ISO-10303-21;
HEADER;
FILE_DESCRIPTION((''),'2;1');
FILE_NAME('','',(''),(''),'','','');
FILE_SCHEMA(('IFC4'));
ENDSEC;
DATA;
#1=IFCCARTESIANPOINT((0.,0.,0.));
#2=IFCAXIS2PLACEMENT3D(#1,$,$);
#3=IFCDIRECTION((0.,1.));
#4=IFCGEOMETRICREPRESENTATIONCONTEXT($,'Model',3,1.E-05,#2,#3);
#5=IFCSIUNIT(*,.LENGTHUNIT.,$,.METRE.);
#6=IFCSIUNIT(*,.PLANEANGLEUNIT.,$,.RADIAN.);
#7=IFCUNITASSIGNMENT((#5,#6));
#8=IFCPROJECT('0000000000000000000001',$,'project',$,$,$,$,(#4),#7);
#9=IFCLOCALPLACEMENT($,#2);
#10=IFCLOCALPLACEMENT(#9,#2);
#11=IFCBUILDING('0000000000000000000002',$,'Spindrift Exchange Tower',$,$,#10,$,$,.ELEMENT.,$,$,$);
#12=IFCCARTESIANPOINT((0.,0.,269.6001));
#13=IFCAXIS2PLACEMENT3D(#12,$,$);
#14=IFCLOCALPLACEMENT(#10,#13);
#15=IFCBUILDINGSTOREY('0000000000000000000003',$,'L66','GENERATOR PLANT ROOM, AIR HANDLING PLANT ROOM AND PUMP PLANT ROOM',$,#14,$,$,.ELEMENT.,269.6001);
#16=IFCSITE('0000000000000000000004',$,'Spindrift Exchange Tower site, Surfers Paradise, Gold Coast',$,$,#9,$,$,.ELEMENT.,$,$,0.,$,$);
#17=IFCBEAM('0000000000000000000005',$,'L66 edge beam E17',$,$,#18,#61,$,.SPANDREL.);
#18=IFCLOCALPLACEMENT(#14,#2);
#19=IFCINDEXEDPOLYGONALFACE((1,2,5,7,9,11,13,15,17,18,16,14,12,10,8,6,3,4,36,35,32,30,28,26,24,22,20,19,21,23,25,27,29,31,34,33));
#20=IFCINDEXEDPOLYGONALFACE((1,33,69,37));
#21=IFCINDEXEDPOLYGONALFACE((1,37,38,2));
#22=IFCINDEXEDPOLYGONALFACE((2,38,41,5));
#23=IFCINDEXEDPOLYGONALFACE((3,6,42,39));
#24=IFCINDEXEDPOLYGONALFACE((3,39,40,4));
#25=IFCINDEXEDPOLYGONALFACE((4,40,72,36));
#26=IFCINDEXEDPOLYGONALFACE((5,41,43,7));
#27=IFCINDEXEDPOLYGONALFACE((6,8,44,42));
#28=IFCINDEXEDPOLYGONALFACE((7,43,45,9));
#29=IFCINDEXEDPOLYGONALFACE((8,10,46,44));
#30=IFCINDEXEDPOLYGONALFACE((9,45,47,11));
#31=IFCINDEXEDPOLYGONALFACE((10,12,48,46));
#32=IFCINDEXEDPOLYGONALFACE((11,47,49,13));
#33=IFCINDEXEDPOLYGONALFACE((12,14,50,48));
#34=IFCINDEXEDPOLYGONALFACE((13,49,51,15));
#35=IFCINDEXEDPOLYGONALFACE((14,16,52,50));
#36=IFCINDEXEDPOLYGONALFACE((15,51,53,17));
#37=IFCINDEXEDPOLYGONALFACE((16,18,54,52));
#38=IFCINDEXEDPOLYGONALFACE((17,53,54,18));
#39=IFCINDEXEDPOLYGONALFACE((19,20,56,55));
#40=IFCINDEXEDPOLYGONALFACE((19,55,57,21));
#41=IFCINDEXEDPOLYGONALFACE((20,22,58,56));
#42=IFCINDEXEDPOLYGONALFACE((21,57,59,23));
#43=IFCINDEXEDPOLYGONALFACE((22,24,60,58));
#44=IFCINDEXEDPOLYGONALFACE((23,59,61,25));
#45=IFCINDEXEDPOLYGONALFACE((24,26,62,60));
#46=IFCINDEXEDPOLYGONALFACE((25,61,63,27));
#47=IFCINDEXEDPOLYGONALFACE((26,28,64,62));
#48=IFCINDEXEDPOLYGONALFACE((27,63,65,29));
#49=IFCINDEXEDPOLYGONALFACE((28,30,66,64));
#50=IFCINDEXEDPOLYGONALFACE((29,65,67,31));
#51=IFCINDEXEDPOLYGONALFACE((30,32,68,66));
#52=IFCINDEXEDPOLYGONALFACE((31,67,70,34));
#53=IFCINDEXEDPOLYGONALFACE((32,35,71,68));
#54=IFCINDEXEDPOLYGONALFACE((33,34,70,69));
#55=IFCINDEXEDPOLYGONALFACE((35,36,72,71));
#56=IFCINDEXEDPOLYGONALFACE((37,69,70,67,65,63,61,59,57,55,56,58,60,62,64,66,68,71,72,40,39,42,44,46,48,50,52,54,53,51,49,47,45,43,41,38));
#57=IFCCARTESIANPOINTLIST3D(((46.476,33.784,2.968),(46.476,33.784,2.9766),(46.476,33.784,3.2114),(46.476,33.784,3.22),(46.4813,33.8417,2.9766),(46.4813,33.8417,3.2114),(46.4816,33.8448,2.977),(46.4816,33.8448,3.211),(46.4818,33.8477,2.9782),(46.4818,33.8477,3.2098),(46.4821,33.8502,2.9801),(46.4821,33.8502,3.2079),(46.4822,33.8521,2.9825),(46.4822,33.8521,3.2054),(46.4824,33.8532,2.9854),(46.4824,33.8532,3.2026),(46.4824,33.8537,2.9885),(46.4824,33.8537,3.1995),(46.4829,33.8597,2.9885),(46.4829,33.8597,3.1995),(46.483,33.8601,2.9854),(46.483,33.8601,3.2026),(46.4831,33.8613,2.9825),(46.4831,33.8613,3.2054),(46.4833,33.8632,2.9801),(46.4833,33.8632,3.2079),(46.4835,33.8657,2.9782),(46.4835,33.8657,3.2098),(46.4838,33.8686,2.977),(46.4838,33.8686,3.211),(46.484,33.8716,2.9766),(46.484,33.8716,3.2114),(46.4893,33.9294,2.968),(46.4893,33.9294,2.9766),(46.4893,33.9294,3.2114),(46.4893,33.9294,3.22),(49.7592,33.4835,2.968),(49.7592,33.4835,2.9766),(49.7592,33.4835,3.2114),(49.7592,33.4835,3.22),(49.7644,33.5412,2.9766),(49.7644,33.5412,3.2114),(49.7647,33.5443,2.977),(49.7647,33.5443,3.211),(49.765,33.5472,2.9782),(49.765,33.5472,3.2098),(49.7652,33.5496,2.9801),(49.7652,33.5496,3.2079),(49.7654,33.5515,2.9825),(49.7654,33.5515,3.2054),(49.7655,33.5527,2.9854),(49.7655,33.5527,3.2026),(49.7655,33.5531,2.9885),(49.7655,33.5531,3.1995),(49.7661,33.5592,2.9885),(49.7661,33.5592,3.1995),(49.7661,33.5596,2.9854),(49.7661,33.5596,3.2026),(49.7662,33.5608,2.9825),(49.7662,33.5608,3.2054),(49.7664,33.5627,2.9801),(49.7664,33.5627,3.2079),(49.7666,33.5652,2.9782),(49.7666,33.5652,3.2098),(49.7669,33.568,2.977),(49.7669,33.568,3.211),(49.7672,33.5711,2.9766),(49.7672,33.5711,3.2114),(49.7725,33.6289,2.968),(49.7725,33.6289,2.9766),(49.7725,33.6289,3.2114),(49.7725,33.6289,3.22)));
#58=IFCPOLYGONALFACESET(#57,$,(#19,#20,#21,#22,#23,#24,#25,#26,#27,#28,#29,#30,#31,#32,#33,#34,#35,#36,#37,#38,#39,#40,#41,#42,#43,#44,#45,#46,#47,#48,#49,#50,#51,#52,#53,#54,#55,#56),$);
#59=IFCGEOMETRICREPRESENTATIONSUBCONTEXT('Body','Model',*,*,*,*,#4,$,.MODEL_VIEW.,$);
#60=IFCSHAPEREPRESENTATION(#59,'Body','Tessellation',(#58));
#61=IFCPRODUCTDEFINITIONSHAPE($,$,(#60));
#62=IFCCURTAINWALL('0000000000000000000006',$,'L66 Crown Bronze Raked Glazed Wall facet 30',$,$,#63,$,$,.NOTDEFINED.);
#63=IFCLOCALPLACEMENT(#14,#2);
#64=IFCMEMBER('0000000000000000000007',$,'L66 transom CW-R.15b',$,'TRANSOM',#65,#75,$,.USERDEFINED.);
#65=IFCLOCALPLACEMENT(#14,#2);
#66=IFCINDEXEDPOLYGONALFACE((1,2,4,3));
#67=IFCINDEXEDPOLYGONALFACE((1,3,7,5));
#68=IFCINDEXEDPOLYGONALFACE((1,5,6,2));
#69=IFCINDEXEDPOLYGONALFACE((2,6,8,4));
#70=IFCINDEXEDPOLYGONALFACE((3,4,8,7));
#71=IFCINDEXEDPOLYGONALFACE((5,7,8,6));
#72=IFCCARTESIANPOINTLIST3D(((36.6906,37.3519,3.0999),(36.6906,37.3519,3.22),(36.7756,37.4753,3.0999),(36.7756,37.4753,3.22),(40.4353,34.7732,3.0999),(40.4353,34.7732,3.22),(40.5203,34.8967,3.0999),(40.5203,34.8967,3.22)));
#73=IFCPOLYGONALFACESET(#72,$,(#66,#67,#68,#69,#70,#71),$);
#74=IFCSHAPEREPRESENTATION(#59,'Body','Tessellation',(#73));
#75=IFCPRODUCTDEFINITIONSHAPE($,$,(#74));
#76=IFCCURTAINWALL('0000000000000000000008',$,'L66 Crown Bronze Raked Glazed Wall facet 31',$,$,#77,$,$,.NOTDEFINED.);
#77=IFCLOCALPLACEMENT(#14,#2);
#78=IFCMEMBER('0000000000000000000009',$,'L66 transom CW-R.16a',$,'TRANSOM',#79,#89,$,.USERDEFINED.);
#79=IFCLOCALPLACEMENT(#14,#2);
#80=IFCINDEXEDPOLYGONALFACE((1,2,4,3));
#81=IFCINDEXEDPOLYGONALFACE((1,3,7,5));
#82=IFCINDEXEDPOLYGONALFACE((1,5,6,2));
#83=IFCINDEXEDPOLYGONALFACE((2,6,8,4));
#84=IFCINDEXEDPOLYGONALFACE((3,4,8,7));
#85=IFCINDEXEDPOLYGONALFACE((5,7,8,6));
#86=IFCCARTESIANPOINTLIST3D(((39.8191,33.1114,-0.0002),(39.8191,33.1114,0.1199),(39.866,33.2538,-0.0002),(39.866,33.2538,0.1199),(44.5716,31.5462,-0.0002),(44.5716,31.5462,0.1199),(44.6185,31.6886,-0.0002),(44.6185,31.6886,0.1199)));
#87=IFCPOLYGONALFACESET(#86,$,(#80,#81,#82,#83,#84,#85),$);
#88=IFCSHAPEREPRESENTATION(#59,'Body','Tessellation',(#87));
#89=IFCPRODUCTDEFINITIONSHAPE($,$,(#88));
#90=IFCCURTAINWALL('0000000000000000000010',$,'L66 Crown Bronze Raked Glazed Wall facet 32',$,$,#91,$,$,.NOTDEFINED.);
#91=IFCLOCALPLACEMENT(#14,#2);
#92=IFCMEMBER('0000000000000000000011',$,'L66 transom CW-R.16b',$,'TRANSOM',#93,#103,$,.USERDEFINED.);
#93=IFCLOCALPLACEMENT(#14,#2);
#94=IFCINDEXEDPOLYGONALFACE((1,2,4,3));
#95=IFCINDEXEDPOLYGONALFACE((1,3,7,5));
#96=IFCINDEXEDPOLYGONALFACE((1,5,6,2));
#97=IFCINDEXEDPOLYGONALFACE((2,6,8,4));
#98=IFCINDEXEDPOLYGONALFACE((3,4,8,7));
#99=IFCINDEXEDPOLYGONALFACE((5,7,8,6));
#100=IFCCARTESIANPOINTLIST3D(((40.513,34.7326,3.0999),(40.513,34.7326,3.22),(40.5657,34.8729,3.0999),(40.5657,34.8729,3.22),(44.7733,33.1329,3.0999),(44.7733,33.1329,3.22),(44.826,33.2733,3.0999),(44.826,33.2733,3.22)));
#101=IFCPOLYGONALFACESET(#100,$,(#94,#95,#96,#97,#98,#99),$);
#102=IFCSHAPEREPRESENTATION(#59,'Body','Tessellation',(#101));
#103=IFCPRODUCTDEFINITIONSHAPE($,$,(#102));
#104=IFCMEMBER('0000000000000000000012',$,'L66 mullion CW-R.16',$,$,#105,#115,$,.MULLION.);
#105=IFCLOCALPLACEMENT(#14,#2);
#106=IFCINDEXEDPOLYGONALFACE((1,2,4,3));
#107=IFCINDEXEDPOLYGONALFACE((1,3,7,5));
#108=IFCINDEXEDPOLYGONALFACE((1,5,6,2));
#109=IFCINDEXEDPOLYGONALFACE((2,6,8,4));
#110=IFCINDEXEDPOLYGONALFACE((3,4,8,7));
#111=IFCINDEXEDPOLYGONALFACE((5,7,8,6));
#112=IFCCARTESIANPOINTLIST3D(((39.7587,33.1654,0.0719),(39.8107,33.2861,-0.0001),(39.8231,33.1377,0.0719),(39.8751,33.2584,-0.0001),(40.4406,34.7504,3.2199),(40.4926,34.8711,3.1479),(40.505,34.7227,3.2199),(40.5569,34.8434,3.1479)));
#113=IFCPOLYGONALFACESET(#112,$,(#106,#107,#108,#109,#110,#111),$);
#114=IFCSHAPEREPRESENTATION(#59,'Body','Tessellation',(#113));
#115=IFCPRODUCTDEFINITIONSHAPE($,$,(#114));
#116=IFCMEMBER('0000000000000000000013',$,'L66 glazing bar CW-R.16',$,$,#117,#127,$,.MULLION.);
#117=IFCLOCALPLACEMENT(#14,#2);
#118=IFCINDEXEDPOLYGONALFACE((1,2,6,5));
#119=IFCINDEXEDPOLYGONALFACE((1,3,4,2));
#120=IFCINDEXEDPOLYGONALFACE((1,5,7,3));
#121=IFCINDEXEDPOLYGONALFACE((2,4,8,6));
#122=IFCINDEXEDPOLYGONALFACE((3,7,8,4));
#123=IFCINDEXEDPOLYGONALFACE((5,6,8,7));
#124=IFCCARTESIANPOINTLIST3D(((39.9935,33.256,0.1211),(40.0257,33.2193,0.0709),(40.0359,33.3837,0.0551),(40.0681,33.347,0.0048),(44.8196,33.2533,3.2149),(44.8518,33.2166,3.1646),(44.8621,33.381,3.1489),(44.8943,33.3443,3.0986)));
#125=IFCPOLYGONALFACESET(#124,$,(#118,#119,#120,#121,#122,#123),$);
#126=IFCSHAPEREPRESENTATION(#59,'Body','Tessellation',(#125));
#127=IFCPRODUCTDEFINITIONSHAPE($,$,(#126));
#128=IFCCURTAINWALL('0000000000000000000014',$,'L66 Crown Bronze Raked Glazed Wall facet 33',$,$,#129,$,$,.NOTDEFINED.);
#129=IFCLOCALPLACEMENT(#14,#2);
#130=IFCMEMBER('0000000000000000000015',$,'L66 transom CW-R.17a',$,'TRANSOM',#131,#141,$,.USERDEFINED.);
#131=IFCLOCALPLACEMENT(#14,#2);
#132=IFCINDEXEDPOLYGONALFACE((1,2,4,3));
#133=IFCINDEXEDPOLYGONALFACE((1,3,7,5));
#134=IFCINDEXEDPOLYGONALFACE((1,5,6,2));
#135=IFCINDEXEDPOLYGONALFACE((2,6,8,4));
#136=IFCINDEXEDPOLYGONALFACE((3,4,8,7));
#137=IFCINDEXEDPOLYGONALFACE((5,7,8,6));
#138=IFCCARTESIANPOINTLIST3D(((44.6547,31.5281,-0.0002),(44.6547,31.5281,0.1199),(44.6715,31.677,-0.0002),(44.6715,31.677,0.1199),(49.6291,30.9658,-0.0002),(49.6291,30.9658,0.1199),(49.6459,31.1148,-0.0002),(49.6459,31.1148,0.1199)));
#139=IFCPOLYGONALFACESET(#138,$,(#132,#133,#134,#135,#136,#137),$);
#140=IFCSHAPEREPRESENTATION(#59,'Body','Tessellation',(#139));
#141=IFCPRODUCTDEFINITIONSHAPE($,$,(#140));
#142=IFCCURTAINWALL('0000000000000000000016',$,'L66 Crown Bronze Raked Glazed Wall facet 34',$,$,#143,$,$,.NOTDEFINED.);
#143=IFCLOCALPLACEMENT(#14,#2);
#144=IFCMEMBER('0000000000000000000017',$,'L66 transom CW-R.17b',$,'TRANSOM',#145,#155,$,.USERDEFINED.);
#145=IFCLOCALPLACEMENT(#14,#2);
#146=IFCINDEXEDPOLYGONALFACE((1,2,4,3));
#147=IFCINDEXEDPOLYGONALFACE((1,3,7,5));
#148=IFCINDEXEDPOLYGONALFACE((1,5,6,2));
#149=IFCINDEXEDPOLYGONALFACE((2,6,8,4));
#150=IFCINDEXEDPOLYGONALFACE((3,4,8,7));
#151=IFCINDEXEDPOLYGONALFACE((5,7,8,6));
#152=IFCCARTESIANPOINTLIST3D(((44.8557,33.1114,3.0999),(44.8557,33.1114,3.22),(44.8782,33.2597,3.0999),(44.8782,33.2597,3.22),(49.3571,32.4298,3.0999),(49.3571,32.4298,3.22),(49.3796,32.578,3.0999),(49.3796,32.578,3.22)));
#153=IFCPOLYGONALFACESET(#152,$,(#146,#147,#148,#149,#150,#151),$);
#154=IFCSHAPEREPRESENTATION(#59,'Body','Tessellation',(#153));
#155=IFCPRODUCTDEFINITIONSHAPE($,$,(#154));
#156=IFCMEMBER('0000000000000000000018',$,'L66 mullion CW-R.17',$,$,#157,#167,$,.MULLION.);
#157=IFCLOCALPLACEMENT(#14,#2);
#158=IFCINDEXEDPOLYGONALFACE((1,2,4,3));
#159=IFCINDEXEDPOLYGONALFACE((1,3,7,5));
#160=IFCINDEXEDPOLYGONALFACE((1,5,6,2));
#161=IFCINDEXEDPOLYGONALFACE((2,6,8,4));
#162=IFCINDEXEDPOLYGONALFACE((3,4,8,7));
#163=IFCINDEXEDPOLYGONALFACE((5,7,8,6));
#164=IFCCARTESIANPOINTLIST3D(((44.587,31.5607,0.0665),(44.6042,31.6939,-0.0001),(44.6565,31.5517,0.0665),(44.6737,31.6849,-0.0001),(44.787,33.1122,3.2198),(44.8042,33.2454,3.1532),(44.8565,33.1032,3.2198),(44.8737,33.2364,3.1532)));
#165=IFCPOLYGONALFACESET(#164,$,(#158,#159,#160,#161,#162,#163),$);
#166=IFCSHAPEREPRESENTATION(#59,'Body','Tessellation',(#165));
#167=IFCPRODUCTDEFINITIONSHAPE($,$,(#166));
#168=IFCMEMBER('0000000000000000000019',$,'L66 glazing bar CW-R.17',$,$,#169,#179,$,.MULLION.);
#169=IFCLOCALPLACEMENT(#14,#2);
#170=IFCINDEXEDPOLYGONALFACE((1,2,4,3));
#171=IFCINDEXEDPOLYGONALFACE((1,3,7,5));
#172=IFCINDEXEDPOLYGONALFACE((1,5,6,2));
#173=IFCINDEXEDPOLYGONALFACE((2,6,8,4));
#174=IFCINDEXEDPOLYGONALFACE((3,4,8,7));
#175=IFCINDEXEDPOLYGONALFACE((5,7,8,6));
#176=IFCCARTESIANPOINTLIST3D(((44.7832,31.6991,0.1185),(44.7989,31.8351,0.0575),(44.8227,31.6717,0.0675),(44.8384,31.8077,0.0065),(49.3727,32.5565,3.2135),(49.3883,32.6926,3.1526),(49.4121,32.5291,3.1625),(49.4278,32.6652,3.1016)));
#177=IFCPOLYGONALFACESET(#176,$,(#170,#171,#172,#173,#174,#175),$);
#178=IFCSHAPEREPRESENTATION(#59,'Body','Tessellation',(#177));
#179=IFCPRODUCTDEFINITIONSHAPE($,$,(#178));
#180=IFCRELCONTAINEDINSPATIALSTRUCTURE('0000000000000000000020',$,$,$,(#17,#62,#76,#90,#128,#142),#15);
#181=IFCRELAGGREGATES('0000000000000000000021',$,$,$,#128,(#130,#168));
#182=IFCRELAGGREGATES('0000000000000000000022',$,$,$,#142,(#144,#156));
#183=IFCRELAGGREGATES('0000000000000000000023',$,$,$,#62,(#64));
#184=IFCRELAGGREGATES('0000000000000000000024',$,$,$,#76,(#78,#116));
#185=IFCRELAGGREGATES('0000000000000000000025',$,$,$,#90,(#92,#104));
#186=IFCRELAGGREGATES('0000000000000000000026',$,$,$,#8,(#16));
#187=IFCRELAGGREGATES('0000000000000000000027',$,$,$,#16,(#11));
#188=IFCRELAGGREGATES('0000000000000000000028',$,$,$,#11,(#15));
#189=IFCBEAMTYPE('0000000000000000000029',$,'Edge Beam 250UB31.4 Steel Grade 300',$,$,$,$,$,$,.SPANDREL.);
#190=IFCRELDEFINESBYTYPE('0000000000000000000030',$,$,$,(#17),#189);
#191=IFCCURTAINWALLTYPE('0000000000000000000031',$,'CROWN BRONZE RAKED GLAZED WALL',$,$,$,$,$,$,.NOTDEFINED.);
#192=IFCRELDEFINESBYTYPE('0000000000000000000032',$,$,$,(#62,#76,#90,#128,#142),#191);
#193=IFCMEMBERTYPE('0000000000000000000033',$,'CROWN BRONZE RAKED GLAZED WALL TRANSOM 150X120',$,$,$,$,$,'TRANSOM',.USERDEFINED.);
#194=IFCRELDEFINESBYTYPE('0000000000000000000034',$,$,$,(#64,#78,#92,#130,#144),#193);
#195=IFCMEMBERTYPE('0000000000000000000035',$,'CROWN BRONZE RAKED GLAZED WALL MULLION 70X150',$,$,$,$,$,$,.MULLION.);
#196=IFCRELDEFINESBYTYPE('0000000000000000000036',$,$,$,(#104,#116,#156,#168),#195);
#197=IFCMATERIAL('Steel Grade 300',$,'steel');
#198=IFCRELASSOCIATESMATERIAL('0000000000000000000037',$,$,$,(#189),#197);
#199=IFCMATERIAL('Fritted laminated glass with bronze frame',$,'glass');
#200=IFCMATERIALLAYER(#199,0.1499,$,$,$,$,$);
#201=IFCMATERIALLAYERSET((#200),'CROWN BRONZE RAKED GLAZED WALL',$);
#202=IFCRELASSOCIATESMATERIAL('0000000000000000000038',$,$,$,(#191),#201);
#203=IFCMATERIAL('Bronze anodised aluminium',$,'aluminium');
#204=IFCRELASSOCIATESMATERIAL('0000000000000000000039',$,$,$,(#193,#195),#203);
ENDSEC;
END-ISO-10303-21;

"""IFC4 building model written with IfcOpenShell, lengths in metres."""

from ifc_helpers import new_model, si_unit, direction, frame, origin, origin_2d, place, context, subcontext, project, spatial, rectangle, i_section, extrude, source, transform, mapped, material, layer, layer_set, material_profile, profile_set, type_object, element, aggregate, save


model = new_model("IFC4")

# Units and contexts
model_context = context("Model", 3, precision=1e-05, world=origin(), true_north=direction((0.0, 1.0)))
body_context = subcontext(model_context, "Body", "Model", "MODEL_VIEW")
ifc_project = project(units=[si_unit("LENGTHUNIT", "METRE"), si_unit("PLANEANGLEUNIT", "RADIAN")], contexts=[model_context])

# Site, building, storey
site_placement = place(None, origin())
site = spatial("IfcSite", under=ifc_project, at=site_placement, Name="Spindrift Exchange Tower site, Surfers Paradise, Gold Coast", CompositionType="ELEMENT", RefElevation=0.0)
building_placement = place(site_placement, origin())
building = spatial("IfcBuilding", under=site, at=building_placement, Name="Spindrift Exchange Tower", CompositionType="ELEMENT")
storey_placement = place(building_placement, frame((0.0, 0.0, 269.6001)))
storey = spatial("IfcBuildingStorey", under=building, at=storey_placement, Name="L66", Description="GENERATOR PLANT ROOM, AIR HANDLING PLANT ROOM AND PUMP PLANT ROOM", CompositionType="ELEMENT", Elevation=269.6001)

# Beam
ifc_material_1 = material(Name="Steel Grade 300", Category="steel")
ifc_material_profile_1 = material_profile(ifc_material_1, i_section(OverallWidth=0.146, OverallDepth=0.252, WebThickness=0.0061, FlangeThickness=0.0085, FilletRadius=0.012, at=origin_2d()), Name="250UB31.4")
ifc_profile_set_1 = profile_set([ifc_material_profile_1], Name="Steel Grade 300")
beam_type = type_object("IfcBeamType", Name="Edge Beam 250UB31.4 Steel Grade 300", PredefinedType="SPANDREL", material=ifc_profile_set_1)
shared_shape_1 = source(origin(), body_context, "Body", "SweptSolid", [
    extrude(i_section(OverallWidth=0.146, OverallDepth=0.252, WebThickness=0.0061, FlangeThickness=0.0085, FilletRadius=0.012, at=origin_2d()), origin(), (0.0, 0.0, 1.0), 3.2969),
])
beam_1_placement = place(storey_placement, frame((46.4827, 33.8567, 3.094), z_axis=(0.995837, -0.091157, 0.0), x_axis=(0.091157, 0.995837, 0.0)))
element("IfcBeam", 1, at=beam_1_placement, inside=storey, type_object=beam_type, Name="L66 edge beam E17", PredefinedType="SPANDREL", context=body_context, shape_type="MappedRepresentation", body=[
    mapped(shared_shape_1, transform((0.0, 0.0, 0.0), scale=1.0)),
])

# Curtain walls, members
ifc_material_2 = material(Name="Fritted laminated glass with bronze frame", Category="glass")
ifc_layer_1 = layer(ifc_material_2, 0.1499)
ifc_layer_set_1 = layer_set([ifc_layer_1], Name="CROWN BRONZE RAKED GLAZED WALL")
curtain_wall_type = type_object("IfcCurtainWallType", Name="CROWN BRONZE RAKED GLAZED WALL", PredefinedType="NOTDEFINED", material=ifc_layer_set_1)
curtain_wall_1_placement = place(storey_placement, origin())
curtain_wall_1 = element("IfcCurtainWall", 2, at=curtain_wall_1_placement, inside=storey, type_object=curtain_wall_type, Name="L66 Crown Bronze Raked Glazed Wall facet 30", PredefinedType="NOTDEFINED")
ifc_material_3 = material(Name="Bronze anodised aluminium", Category="aluminium")
ifc_material_profile_2 = material_profile(ifc_material_3, rectangle(XDim=0.1499, YDim=0.1201, at=origin_2d()), Name="CROWN BRONZE RAKED GLAZED WALL TRANSOM 150X120")
ifc_profile_set_2 = profile_set([ifc_material_profile_2], Name="Bronze anodised aluminium")
member_type_1 = type_object("IfcMemberType", Name="CROWN BRONZE RAKED GLAZED WALL TRANSOM 150X120", ElementType="TRANSOM", PredefinedType="USERDEFINED", material=ifc_profile_set_2)
shared_shape_2 = source(origin(), body_context, "Body", "SweptSolid", [
    extrude(rectangle(XDim=0.1499, YDim=0.1201, at=origin_2d()), origin(), (0.0, 0.0, 1.0), 4.5466),
])
member_1_placement = place(storey_placement, frame((40.4778, 34.835, 3.1599), z_axis=(-0.823612, 0.567153, 0.0), x_axis=(-0.567153, -0.823612, 0.0)))
member_1 = element("IfcMember", 3, at=member_1_placement, type_object=member_type_1, Name="L66 transom CW-R.15b", ObjectType="TRANSOM", PredefinedType="USERDEFINED", context=body_context, shape_type="MappedRepresentation", body=[
    mapped(shared_shape_2, transform((0.0, 0.0, 0.0), scale=1.0)),
])
curtain_wall_2_placement = place(storey_placement, origin())
curtain_wall_2 = element("IfcCurtainWall", 4, at=curtain_wall_2_placement, inside=storey, type_object=curtain_wall_type, Name="L66 Crown Bronze Raked Glazed Wall facet 31", PredefinedType="NOTDEFINED")
shared_shape_3 = source(origin(), body_context, "Body", "SweptSolid", [
    extrude(rectangle(XDim=0.1499, YDim=0.1201, at=origin_2d()), origin(), (0.0, 0.0, 1.0), 5.0037),
])
member_2_placement = place(storey_placement, frame((39.8425, 33.1826, 0.0598), z_axis=(0.949814, -0.312815, 0.0), x_axis=(0.312815, 0.949814, 0.0)))
member_2 = element("IfcMember", 5, at=member_2_placement, type_object=member_type_1, Name="L66 transom CW-R.16a", ObjectType="TRANSOM", PredefinedType="USERDEFINED", context=body_context, shape_type="MappedRepresentation", body=[
    mapped(shared_shape_3, transform((0.0, 0.0, 0.0), scale=1.0)),
])

# Curtain wall, members
curtain_wall_3_placement = place(storey_placement, origin())
curtain_wall_3 = element("IfcCurtainWall", 6, at=curtain_wall_3_placement, inside=storey, type_object=curtain_wall_type, Name="L66 Crown Bronze Raked Glazed Wall facet 32", PredefinedType="NOTDEFINED")
shared_shape_4 = source(origin(), body_context, "Body", "SweptSolid", [
    extrude(rectangle(XDim=0.1499, YDim=0.1201, at=origin_2d()), origin(), (0.0, 0.0, 1.0), 4.5508),
])
member_3_placement = place(storey_placement, frame((40.5393, 34.8027, 3.1599), z_axis=(0.936184, -0.351511, 0.0), x_axis=(0.351511, 0.936184, 0.0)))
member_3 = element("IfcMember", 7, at=member_3_placement, type_object=member_type_1, Name="L66 transom CW-R.16b", ObjectType="TRANSOM", PredefinedType="USERDEFINED", context=body_context, shape_type="MappedRepresentation", body=[
    mapped(shared_shape_4, transform((0.0, 0.0, 0.0), scale=1.0)),
])
ifc_material_profile_3 = material_profile(ifc_material_3, rectangle(XDim=0.0701, YDim=0.1499, at=origin_2d()), Name="CROWN BRONZE RAKED GLAZED WALL MULLION 70X150")
ifc_profile_set_3 = profile_set([ifc_material_profile_3], Name="Bronze anodised aluminium")
member_type_2 = type_object("IfcMemberType", Name="CROWN BRONZE RAKED GLAZED WALL MULLION 70X150", PredefinedType="MULLION", material=ifc_profile_set_3)
shared_shape_5 = source(origin(), body_context, "Body", "SweptSolid", [
    extrude(rectangle(XDim=0.0701, YDim=0.1499, at=origin_2d()), origin(), (0.0, 0.0, 1.0), 3.5898),
])
member_4_placement = place(storey_placement, frame((39.8169, 33.2119, 0.0359), z_axis=(0.189951, 0.441518, 0.876915), x_axis=(-0.918595, 0.3952, 0.0)))
member_4 = element("IfcMember", 8, at=member_4_placement, type_object=member_type_2, Name="L66 mullion CW-R.16", PredefinedType="MULLION", context=body_context, shape_type="MappedRepresentation", body=[
    mapped(shared_shape_5, transform((0.0, 0.0, 0.0), scale=1.0)),
])

# Member
shared_shape_6 = source(origin(), body_context, "Body", "SweptSolid", [
    extrude(rectangle(XDim=0.0701, YDim=0.1499, at=origin_2d()), origin(), (0.0, 0.0, 1.0), 5.7327),
])
member_5_placement = place(storey_placement, frame((40.0308, 33.3015, 0.063), z_axis=(0.841875, -0.000468, 0.539672), x_axis=(-0.459574, 0.523604, 0.717378)))
member_5 = element("IfcMember", 9, at=member_5_placement, type_object=member_type_2, Name="L66 glazing bar CW-R.16", PredefinedType="MULLION", context=body_context, shape_type="MappedRepresentation", body=[
    mapped(shared_shape_6, transform((0.0, 0.0, 0.0), scale=1.0)),
])

# Curtain wall, member
curtain_wall_4_placement = place(storey_placement, origin())
curtain_wall_4 = element("IfcCurtainWall", 10, at=curtain_wall_4_placement, inside=storey, type_object=curtain_wall_type, Name="L66 Crown Bronze Raked Glazed Wall facet 33", PredefinedType="NOTDEFINED")
shared_shape_7 = source(origin(), body_context, "Body", "SweptSolid", [
    extrude(rectangle(XDim=0.1499, YDim=0.1201, at=origin_2d()), origin(), (0.0, 0.0, 1.0), 5.0061),
])
member_6_placement = place(storey_placement, frame((44.6631, 31.6025, 0.0598), z_axis=(0.993673, -0.112315, 0.0), x_axis=(0.112315, 0.993673, 0.0)))
member_6 = element("IfcMember", 11, at=member_6_placement, type_object=member_type_1, Name="L66 transom CW-R.17a", ObjectType="TRANSOM", PredefinedType="USERDEFINED", context=body_context, shape_type="MappedRepresentation", body=[
    mapped(shared_shape_7, transform((0.0, 0.0, 0.0), scale=1.0)),
])

# Curtain wall, members
curtain_wall_5_placement = place(storey_placement, origin())
curtain_wall_5 = element("IfcCurtainWall", 12, at=curtain_wall_5_placement, inside=storey, type_object=curtain_wall_type, Name="L66 Crown Bronze Raked Glazed Wall facet 34", PredefinedType="NOTDEFINED")
shared_shape_8 = source(origin(), body_context, "Body", "SweptSolid", [
    extrude(rectangle(XDim=0.1499, YDim=0.1201, at=origin_2d()), origin(), (0.0, 0.0, 1.0), 4.5527),
])
member_7_placement = place(storey_placement, frame((44.8669, 33.1855, 3.1599), z_axis=(0.988728, -0.14972, 0.0), x_axis=(0.14972, 0.988728, 0.0)))
member_7 = element("IfcMember", 13, at=member_7_placement, type_object=member_type_1, Name="L66 transom CW-R.17b", ObjectType="TRANSOM", PredefinedType="USERDEFINED", context=body_context, shape_type="MappedRepresentation", body=[
    mapped(shared_shape_8, transform((0.0, 0.0, 0.0), scale=1.0)),
])
shared_shape_9 = source(origin(), body_context, "Body", "SweptSolid", [
    extrude(rectangle(XDim=0.0701, YDim=0.1499, at=origin_2d()), origin(), (0.0, 0.0, 1.0), 3.52),
])
member_8_placement = place(storey_placement, frame((44.6304, 31.6228, 0.0332), z_axis=(0.056804, 0.440767, 0.895822), x_axis=(-0.991798, 0.127818, 0.0)))
member_8 = element("IfcMember", 14, at=member_8_placement, type_object=member_type_2, Name="L66 mullion CW-R.17", PredefinedType="MULLION", context=body_context, shape_type="MappedRepresentation", body=[
    mapped(shared_shape_9, transform((0.0, 0.0, 0.0), scale=1.0)),
])

# Member
shared_shape_10 = source(origin(), body_context, "Body", "SweptSolid", [
    extrude(rectangle(XDim=0.0701, YDim=0.1499, at=origin_2d()), origin(), (0.0, 0.0, 1.0), 5.6016),
])
member_9_placement = place(storey_placement, frame((44.8108, 31.7534, 0.0625), z_axis=(0.819316, 0.153072, 0.552531), x_axis=(-0.563715, 0.390929, 0.727599)))
member_9 = element("IfcMember", 15, at=member_9_placement, type_object=member_type_2, Name="L66 glazing bar CW-R.17", PredefinedType="MULLION", context=body_context, shape_type="MappedRepresentation", body=[
    mapped(shared_shape_10, transform((0.0, 0.0, 0.0), scale=1.0)),
])

aggregate(curtain_wall_4, [member_6, member_9])
aggregate(curtain_wall_5, [member_7, member_8])

aggregate(curtain_wall_1, [member_1])
aggregate(curtain_wall_2, [member_2, member_5])
aggregate(curtain_wall_3, [member_3, member_4])

save(model, "model.ifc")
